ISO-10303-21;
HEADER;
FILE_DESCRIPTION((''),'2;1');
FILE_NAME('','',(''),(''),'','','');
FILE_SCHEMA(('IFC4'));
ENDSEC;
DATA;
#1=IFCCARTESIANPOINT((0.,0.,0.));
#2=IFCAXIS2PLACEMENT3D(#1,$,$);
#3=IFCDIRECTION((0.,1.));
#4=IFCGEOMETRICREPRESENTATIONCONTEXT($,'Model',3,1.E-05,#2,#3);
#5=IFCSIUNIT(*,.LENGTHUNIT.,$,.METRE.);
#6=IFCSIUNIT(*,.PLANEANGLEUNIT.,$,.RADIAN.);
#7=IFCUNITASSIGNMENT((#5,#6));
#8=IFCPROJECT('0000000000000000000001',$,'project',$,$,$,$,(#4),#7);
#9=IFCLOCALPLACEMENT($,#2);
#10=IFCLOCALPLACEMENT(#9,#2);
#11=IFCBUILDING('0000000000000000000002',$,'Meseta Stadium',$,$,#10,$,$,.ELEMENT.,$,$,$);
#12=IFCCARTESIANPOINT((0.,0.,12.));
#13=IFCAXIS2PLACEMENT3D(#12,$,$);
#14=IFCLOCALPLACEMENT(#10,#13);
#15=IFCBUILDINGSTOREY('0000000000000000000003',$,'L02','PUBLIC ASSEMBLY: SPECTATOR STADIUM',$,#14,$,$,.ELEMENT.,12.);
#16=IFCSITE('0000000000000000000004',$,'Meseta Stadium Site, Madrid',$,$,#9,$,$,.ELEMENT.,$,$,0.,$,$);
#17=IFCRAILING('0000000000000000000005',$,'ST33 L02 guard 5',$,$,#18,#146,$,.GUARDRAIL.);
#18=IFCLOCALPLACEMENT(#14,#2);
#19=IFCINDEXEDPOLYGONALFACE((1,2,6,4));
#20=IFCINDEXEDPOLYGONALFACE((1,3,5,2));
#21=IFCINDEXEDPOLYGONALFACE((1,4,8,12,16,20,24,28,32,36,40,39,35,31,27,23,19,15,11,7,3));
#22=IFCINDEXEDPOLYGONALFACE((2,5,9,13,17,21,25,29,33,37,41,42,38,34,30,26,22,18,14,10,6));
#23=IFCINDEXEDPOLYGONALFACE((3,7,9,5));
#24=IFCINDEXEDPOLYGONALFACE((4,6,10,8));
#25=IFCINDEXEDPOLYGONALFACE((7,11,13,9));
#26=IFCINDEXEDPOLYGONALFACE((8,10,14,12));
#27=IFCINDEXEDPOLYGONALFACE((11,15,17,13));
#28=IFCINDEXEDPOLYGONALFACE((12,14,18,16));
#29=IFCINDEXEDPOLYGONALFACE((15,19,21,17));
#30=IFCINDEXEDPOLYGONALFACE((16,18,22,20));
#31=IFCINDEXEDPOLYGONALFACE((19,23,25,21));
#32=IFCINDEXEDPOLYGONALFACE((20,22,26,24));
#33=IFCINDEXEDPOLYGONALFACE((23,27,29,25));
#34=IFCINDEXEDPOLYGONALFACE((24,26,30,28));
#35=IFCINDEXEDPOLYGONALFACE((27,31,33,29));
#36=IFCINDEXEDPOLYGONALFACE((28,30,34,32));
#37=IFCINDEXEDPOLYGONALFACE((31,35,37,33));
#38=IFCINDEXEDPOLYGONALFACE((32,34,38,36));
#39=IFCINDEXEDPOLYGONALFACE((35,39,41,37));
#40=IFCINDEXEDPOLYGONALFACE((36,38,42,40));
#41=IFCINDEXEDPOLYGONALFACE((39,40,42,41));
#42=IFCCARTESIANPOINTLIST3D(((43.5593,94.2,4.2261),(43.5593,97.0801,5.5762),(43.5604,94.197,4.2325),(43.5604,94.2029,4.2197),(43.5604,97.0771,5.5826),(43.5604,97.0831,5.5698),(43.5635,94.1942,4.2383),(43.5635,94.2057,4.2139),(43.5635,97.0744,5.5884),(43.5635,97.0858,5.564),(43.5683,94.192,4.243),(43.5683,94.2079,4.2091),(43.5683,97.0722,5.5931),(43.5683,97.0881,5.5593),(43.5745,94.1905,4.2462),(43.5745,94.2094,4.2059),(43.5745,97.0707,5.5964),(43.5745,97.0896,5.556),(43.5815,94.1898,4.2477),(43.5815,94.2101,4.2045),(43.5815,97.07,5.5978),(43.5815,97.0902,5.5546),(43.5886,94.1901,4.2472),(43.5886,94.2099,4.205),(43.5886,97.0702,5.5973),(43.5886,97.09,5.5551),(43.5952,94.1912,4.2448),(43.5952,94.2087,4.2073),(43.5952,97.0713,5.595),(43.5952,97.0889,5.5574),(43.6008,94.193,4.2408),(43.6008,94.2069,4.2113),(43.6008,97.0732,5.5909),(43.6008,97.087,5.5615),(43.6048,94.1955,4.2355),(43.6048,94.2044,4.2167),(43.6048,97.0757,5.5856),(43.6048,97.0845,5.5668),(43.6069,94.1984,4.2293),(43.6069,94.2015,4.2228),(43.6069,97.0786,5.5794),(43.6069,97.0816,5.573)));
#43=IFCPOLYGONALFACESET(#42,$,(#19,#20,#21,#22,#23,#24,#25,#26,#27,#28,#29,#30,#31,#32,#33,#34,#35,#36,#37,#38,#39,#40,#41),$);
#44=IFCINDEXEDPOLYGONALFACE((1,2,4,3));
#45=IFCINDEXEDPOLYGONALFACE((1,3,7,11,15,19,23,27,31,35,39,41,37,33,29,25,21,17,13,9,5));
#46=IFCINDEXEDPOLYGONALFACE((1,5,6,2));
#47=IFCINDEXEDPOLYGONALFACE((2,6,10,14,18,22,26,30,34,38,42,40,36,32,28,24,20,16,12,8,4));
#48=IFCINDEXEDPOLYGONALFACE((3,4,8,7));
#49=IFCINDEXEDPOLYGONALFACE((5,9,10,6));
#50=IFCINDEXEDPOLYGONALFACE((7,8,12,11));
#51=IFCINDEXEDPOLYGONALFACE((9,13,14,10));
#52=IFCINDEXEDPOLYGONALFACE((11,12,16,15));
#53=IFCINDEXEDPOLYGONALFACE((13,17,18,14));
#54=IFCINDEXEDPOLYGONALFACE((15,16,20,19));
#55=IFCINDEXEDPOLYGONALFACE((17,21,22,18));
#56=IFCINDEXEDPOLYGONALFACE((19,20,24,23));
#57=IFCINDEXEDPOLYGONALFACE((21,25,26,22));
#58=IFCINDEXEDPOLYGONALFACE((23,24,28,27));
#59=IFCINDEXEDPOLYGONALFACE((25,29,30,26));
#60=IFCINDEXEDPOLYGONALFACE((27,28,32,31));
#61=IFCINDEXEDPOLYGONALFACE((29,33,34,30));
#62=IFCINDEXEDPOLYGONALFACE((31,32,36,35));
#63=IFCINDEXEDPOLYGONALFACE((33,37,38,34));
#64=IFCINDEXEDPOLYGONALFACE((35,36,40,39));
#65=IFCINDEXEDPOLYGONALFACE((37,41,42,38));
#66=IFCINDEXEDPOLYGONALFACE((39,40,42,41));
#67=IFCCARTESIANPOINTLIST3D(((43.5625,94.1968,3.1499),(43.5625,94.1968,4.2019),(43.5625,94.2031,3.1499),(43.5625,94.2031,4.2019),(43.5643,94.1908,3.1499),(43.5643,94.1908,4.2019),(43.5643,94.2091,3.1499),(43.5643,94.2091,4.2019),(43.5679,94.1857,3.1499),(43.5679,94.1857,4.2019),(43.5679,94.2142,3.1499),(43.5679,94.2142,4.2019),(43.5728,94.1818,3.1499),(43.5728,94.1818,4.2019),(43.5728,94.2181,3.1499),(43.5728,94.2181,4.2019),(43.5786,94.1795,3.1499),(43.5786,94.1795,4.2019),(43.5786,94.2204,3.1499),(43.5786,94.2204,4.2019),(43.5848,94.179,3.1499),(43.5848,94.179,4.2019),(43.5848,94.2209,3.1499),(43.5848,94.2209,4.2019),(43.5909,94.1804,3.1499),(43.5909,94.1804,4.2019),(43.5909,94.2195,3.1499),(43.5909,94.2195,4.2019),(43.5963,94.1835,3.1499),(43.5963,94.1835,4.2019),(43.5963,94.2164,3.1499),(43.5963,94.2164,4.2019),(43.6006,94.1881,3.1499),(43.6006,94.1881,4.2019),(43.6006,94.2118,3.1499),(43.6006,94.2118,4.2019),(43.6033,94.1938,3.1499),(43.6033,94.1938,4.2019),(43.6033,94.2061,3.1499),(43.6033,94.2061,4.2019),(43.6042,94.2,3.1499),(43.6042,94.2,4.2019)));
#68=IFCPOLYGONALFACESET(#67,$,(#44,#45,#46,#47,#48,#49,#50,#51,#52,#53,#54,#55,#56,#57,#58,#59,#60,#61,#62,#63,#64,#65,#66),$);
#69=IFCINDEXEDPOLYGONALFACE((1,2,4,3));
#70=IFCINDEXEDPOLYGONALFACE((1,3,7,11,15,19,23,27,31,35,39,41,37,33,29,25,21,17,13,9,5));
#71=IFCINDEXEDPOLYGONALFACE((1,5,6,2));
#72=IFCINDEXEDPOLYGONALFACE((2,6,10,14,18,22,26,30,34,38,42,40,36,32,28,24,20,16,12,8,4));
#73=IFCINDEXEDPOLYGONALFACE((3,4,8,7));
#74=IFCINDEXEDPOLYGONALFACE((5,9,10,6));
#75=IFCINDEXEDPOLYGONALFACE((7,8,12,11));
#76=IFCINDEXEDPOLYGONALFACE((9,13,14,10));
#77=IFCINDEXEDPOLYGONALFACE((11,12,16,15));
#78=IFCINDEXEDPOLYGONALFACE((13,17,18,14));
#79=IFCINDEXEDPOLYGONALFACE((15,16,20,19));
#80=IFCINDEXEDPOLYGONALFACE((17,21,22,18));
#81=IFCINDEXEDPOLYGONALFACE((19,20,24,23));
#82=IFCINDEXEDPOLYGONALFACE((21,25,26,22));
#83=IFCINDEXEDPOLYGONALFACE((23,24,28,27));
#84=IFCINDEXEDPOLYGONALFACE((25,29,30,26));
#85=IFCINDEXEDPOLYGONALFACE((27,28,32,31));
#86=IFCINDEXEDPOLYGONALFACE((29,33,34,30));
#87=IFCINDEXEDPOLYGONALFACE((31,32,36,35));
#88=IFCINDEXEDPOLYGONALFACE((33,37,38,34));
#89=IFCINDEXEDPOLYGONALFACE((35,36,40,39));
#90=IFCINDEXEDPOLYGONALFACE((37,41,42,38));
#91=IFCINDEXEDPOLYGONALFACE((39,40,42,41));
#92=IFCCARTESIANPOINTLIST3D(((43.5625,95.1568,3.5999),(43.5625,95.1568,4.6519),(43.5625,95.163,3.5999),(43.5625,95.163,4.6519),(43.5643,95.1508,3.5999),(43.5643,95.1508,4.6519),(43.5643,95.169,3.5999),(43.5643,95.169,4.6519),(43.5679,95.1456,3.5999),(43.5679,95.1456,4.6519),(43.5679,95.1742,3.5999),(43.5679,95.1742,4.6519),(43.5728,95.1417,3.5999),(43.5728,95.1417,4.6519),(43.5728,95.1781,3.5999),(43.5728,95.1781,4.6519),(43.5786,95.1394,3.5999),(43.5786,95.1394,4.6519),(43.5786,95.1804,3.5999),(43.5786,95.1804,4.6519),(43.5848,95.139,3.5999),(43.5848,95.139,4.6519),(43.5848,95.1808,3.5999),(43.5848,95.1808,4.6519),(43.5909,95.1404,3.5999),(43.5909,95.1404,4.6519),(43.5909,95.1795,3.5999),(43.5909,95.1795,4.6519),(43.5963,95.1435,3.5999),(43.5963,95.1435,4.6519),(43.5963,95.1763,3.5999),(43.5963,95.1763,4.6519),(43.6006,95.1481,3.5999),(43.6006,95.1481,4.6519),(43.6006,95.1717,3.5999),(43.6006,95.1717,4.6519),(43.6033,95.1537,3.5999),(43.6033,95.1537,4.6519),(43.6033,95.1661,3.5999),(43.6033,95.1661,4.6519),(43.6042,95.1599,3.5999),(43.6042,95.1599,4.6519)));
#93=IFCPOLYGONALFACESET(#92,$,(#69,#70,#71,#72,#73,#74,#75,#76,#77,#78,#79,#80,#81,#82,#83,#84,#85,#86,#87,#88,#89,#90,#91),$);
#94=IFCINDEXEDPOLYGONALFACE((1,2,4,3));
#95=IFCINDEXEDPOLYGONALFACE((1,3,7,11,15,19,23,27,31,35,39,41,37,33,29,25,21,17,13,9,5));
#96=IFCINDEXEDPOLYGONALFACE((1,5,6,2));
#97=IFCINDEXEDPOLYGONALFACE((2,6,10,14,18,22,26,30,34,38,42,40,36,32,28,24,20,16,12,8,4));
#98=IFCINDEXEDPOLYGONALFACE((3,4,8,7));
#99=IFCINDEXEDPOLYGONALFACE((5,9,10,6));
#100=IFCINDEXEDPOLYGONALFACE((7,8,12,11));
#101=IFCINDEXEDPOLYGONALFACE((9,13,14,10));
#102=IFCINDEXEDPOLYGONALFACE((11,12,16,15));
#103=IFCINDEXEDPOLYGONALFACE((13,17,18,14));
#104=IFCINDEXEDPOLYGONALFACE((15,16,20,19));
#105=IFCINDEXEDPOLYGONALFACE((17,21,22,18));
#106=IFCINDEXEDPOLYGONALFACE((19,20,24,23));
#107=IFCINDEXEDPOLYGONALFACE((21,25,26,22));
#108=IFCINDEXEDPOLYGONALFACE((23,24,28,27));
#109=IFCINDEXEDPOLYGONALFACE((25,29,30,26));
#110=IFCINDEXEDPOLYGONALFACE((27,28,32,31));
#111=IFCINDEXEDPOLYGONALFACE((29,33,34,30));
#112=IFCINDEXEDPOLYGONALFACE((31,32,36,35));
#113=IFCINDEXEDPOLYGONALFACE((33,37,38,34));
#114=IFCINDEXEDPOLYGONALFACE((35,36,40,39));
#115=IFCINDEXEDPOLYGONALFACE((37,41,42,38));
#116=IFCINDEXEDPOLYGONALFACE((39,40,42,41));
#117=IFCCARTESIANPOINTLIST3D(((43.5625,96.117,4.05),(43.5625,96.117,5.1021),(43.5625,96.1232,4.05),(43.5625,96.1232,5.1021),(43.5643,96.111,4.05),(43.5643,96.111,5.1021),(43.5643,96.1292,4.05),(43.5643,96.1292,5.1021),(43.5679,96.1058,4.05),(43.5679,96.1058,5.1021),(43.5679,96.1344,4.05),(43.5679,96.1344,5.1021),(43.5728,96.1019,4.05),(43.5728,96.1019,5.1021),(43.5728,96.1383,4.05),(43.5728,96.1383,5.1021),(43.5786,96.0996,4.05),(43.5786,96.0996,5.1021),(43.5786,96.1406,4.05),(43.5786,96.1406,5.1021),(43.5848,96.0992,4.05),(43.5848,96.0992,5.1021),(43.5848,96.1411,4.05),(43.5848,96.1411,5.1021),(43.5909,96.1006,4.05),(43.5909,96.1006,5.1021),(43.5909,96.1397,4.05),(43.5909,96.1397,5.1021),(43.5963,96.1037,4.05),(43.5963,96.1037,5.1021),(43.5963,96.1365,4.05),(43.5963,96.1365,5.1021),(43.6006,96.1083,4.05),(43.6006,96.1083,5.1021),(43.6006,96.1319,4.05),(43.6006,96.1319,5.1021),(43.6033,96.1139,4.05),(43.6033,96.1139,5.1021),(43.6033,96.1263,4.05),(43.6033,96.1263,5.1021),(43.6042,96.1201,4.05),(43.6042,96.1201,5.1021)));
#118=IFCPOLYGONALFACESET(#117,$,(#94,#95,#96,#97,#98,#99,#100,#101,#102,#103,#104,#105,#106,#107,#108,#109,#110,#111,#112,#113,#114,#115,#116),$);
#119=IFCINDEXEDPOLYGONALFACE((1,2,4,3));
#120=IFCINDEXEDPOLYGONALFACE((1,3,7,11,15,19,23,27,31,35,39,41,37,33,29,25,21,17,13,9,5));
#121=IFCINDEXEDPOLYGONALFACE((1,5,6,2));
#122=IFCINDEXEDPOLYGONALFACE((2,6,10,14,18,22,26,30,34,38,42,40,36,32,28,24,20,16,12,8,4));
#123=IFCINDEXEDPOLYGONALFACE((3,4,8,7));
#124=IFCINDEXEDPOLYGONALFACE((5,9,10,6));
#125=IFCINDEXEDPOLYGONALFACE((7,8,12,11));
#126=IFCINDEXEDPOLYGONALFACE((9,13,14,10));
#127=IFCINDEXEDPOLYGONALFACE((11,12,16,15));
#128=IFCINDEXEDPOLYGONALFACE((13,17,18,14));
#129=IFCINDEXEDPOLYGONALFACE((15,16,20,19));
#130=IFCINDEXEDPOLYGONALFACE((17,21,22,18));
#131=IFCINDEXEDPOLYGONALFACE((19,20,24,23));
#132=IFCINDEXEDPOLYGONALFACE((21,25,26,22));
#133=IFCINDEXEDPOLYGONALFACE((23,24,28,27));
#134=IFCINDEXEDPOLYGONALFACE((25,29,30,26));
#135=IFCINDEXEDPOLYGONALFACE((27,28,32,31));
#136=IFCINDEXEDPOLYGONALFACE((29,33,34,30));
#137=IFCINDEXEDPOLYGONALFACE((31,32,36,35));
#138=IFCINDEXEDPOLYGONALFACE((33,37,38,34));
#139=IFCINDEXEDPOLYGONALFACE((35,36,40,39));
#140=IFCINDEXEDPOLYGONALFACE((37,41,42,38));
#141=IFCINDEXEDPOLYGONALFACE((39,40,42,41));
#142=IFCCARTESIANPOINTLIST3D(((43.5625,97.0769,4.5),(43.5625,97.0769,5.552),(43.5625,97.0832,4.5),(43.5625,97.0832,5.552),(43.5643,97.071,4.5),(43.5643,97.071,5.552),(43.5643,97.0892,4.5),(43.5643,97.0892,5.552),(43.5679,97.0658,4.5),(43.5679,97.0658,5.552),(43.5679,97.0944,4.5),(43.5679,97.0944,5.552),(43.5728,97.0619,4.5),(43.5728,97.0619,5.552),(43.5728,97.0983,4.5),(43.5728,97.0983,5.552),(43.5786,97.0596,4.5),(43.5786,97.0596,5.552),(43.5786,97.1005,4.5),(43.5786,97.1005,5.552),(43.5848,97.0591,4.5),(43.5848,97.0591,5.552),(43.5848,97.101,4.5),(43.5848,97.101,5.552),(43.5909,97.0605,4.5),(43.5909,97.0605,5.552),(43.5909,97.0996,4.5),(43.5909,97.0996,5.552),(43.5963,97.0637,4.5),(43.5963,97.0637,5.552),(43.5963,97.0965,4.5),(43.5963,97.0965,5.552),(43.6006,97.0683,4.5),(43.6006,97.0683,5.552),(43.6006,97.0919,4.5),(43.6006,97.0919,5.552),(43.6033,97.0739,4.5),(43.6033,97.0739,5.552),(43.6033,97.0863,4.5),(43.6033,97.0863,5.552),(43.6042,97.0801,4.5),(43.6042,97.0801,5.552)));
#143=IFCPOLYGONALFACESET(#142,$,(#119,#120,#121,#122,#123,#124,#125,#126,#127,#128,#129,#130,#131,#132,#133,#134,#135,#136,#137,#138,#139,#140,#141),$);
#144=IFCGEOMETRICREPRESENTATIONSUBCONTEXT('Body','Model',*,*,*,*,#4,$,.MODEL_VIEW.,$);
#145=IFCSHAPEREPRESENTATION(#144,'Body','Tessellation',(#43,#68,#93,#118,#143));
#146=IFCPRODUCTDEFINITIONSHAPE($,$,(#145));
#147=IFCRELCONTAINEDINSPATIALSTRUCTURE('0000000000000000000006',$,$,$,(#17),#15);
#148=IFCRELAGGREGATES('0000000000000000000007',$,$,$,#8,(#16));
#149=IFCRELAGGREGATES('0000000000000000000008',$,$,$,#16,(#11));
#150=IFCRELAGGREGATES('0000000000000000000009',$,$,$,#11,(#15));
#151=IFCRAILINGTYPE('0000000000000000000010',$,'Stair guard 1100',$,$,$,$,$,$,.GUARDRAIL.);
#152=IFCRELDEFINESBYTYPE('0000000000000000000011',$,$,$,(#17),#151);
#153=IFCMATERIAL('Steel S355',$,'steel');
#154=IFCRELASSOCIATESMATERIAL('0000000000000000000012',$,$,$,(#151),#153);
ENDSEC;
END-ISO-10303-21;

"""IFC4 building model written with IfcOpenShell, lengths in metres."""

from ifc_helpers import new_model, si_unit, direction, frame, origin, origin_2d, place, context, subcontext, project, spatial, circle, extrude, material, type_object, element, save


model = new_model("IFC4")

# Units and contexts
model_context = context("Model", 3, precision=1e-05, world=origin(), true_north=direction((0.0, 1.0)))
body_context = subcontext(model_context, "Body", "Model", "MODEL_VIEW")
ifc_project = project(units=[si_unit("LENGTHUNIT", "METRE"), si_unit("PLANEANGLEUNIT", "RADIAN")], contexts=[model_context])

# Site, building, storey
site_placement = place(None, origin())
site = spatial("IfcSite", under=ifc_project, at=site_placement, Name="Meseta Stadium Site, Madrid", CompositionType="ELEMENT", RefElevation=0.0)
building_placement = place(site_placement, origin())
building = spatial("IfcBuilding", under=site, at=building_placement, Name="Meseta Stadium", CompositionType="ELEMENT")
storey_placement = place(building_placement, frame((0.0, 0.0, 12.0)))
storey = spatial("IfcBuildingStorey", under=building, at=storey_placement, Name="L02", Description="PUBLIC ASSEMBLY: SPECTATOR STADIUM", CompositionType="ELEMENT", Elevation=12.0)

# Railing
ifc_material_1 = material(Name="Steel S355", Category="steel")
railing_type_1 = type_object("IfcRailingType", Name="Stair guard 1100", PredefinedType="GUARDRAIL", material=ifc_material_1)
railing_1_placement = place(storey_placement, frame((43.5833, 94.2, 3.1499)))
element("IfcRailing", 1, at=railing_1_placement, inside=storey, type_object=railing_type_1, Name="ST33 L02 guard 5", PredefinedType="GUARDRAIL", context=body_context, shape_type="SweptSolid", body=[
    extrude(circle(Radius=0.0239, at=origin_2d()), frame((0.0, 0.0, 1.0762), z_axis=(0.0, 0.905454, 0.424444), x_axis=(-1.0, 0.0, 0.0)), (0.0, 0.0, 1.0), 3.1809),
    extrude(circle(Radius=0.021, at=origin_2d()), origin(), (0.0, 0.0, 1.0), 1.052),
    extrude(circle(Radius=0.021, at=origin_2d()), frame((0.0, 0.96, 0.45)), (0.0, 0.0, 1.0), 1.052),
    extrude(circle(Radius=0.021, at=origin_2d()), frame((0.0, 1.9202, 0.9001)), (0.0, 0.0, 1.0), 1.052),
    extrude(circle(Radius=0.021, at=origin_2d()), frame((0.0, 2.8801, 1.3501)), (0.0, 0.0, 1.0), 1.052),
])

save(model, "model.ifc")
